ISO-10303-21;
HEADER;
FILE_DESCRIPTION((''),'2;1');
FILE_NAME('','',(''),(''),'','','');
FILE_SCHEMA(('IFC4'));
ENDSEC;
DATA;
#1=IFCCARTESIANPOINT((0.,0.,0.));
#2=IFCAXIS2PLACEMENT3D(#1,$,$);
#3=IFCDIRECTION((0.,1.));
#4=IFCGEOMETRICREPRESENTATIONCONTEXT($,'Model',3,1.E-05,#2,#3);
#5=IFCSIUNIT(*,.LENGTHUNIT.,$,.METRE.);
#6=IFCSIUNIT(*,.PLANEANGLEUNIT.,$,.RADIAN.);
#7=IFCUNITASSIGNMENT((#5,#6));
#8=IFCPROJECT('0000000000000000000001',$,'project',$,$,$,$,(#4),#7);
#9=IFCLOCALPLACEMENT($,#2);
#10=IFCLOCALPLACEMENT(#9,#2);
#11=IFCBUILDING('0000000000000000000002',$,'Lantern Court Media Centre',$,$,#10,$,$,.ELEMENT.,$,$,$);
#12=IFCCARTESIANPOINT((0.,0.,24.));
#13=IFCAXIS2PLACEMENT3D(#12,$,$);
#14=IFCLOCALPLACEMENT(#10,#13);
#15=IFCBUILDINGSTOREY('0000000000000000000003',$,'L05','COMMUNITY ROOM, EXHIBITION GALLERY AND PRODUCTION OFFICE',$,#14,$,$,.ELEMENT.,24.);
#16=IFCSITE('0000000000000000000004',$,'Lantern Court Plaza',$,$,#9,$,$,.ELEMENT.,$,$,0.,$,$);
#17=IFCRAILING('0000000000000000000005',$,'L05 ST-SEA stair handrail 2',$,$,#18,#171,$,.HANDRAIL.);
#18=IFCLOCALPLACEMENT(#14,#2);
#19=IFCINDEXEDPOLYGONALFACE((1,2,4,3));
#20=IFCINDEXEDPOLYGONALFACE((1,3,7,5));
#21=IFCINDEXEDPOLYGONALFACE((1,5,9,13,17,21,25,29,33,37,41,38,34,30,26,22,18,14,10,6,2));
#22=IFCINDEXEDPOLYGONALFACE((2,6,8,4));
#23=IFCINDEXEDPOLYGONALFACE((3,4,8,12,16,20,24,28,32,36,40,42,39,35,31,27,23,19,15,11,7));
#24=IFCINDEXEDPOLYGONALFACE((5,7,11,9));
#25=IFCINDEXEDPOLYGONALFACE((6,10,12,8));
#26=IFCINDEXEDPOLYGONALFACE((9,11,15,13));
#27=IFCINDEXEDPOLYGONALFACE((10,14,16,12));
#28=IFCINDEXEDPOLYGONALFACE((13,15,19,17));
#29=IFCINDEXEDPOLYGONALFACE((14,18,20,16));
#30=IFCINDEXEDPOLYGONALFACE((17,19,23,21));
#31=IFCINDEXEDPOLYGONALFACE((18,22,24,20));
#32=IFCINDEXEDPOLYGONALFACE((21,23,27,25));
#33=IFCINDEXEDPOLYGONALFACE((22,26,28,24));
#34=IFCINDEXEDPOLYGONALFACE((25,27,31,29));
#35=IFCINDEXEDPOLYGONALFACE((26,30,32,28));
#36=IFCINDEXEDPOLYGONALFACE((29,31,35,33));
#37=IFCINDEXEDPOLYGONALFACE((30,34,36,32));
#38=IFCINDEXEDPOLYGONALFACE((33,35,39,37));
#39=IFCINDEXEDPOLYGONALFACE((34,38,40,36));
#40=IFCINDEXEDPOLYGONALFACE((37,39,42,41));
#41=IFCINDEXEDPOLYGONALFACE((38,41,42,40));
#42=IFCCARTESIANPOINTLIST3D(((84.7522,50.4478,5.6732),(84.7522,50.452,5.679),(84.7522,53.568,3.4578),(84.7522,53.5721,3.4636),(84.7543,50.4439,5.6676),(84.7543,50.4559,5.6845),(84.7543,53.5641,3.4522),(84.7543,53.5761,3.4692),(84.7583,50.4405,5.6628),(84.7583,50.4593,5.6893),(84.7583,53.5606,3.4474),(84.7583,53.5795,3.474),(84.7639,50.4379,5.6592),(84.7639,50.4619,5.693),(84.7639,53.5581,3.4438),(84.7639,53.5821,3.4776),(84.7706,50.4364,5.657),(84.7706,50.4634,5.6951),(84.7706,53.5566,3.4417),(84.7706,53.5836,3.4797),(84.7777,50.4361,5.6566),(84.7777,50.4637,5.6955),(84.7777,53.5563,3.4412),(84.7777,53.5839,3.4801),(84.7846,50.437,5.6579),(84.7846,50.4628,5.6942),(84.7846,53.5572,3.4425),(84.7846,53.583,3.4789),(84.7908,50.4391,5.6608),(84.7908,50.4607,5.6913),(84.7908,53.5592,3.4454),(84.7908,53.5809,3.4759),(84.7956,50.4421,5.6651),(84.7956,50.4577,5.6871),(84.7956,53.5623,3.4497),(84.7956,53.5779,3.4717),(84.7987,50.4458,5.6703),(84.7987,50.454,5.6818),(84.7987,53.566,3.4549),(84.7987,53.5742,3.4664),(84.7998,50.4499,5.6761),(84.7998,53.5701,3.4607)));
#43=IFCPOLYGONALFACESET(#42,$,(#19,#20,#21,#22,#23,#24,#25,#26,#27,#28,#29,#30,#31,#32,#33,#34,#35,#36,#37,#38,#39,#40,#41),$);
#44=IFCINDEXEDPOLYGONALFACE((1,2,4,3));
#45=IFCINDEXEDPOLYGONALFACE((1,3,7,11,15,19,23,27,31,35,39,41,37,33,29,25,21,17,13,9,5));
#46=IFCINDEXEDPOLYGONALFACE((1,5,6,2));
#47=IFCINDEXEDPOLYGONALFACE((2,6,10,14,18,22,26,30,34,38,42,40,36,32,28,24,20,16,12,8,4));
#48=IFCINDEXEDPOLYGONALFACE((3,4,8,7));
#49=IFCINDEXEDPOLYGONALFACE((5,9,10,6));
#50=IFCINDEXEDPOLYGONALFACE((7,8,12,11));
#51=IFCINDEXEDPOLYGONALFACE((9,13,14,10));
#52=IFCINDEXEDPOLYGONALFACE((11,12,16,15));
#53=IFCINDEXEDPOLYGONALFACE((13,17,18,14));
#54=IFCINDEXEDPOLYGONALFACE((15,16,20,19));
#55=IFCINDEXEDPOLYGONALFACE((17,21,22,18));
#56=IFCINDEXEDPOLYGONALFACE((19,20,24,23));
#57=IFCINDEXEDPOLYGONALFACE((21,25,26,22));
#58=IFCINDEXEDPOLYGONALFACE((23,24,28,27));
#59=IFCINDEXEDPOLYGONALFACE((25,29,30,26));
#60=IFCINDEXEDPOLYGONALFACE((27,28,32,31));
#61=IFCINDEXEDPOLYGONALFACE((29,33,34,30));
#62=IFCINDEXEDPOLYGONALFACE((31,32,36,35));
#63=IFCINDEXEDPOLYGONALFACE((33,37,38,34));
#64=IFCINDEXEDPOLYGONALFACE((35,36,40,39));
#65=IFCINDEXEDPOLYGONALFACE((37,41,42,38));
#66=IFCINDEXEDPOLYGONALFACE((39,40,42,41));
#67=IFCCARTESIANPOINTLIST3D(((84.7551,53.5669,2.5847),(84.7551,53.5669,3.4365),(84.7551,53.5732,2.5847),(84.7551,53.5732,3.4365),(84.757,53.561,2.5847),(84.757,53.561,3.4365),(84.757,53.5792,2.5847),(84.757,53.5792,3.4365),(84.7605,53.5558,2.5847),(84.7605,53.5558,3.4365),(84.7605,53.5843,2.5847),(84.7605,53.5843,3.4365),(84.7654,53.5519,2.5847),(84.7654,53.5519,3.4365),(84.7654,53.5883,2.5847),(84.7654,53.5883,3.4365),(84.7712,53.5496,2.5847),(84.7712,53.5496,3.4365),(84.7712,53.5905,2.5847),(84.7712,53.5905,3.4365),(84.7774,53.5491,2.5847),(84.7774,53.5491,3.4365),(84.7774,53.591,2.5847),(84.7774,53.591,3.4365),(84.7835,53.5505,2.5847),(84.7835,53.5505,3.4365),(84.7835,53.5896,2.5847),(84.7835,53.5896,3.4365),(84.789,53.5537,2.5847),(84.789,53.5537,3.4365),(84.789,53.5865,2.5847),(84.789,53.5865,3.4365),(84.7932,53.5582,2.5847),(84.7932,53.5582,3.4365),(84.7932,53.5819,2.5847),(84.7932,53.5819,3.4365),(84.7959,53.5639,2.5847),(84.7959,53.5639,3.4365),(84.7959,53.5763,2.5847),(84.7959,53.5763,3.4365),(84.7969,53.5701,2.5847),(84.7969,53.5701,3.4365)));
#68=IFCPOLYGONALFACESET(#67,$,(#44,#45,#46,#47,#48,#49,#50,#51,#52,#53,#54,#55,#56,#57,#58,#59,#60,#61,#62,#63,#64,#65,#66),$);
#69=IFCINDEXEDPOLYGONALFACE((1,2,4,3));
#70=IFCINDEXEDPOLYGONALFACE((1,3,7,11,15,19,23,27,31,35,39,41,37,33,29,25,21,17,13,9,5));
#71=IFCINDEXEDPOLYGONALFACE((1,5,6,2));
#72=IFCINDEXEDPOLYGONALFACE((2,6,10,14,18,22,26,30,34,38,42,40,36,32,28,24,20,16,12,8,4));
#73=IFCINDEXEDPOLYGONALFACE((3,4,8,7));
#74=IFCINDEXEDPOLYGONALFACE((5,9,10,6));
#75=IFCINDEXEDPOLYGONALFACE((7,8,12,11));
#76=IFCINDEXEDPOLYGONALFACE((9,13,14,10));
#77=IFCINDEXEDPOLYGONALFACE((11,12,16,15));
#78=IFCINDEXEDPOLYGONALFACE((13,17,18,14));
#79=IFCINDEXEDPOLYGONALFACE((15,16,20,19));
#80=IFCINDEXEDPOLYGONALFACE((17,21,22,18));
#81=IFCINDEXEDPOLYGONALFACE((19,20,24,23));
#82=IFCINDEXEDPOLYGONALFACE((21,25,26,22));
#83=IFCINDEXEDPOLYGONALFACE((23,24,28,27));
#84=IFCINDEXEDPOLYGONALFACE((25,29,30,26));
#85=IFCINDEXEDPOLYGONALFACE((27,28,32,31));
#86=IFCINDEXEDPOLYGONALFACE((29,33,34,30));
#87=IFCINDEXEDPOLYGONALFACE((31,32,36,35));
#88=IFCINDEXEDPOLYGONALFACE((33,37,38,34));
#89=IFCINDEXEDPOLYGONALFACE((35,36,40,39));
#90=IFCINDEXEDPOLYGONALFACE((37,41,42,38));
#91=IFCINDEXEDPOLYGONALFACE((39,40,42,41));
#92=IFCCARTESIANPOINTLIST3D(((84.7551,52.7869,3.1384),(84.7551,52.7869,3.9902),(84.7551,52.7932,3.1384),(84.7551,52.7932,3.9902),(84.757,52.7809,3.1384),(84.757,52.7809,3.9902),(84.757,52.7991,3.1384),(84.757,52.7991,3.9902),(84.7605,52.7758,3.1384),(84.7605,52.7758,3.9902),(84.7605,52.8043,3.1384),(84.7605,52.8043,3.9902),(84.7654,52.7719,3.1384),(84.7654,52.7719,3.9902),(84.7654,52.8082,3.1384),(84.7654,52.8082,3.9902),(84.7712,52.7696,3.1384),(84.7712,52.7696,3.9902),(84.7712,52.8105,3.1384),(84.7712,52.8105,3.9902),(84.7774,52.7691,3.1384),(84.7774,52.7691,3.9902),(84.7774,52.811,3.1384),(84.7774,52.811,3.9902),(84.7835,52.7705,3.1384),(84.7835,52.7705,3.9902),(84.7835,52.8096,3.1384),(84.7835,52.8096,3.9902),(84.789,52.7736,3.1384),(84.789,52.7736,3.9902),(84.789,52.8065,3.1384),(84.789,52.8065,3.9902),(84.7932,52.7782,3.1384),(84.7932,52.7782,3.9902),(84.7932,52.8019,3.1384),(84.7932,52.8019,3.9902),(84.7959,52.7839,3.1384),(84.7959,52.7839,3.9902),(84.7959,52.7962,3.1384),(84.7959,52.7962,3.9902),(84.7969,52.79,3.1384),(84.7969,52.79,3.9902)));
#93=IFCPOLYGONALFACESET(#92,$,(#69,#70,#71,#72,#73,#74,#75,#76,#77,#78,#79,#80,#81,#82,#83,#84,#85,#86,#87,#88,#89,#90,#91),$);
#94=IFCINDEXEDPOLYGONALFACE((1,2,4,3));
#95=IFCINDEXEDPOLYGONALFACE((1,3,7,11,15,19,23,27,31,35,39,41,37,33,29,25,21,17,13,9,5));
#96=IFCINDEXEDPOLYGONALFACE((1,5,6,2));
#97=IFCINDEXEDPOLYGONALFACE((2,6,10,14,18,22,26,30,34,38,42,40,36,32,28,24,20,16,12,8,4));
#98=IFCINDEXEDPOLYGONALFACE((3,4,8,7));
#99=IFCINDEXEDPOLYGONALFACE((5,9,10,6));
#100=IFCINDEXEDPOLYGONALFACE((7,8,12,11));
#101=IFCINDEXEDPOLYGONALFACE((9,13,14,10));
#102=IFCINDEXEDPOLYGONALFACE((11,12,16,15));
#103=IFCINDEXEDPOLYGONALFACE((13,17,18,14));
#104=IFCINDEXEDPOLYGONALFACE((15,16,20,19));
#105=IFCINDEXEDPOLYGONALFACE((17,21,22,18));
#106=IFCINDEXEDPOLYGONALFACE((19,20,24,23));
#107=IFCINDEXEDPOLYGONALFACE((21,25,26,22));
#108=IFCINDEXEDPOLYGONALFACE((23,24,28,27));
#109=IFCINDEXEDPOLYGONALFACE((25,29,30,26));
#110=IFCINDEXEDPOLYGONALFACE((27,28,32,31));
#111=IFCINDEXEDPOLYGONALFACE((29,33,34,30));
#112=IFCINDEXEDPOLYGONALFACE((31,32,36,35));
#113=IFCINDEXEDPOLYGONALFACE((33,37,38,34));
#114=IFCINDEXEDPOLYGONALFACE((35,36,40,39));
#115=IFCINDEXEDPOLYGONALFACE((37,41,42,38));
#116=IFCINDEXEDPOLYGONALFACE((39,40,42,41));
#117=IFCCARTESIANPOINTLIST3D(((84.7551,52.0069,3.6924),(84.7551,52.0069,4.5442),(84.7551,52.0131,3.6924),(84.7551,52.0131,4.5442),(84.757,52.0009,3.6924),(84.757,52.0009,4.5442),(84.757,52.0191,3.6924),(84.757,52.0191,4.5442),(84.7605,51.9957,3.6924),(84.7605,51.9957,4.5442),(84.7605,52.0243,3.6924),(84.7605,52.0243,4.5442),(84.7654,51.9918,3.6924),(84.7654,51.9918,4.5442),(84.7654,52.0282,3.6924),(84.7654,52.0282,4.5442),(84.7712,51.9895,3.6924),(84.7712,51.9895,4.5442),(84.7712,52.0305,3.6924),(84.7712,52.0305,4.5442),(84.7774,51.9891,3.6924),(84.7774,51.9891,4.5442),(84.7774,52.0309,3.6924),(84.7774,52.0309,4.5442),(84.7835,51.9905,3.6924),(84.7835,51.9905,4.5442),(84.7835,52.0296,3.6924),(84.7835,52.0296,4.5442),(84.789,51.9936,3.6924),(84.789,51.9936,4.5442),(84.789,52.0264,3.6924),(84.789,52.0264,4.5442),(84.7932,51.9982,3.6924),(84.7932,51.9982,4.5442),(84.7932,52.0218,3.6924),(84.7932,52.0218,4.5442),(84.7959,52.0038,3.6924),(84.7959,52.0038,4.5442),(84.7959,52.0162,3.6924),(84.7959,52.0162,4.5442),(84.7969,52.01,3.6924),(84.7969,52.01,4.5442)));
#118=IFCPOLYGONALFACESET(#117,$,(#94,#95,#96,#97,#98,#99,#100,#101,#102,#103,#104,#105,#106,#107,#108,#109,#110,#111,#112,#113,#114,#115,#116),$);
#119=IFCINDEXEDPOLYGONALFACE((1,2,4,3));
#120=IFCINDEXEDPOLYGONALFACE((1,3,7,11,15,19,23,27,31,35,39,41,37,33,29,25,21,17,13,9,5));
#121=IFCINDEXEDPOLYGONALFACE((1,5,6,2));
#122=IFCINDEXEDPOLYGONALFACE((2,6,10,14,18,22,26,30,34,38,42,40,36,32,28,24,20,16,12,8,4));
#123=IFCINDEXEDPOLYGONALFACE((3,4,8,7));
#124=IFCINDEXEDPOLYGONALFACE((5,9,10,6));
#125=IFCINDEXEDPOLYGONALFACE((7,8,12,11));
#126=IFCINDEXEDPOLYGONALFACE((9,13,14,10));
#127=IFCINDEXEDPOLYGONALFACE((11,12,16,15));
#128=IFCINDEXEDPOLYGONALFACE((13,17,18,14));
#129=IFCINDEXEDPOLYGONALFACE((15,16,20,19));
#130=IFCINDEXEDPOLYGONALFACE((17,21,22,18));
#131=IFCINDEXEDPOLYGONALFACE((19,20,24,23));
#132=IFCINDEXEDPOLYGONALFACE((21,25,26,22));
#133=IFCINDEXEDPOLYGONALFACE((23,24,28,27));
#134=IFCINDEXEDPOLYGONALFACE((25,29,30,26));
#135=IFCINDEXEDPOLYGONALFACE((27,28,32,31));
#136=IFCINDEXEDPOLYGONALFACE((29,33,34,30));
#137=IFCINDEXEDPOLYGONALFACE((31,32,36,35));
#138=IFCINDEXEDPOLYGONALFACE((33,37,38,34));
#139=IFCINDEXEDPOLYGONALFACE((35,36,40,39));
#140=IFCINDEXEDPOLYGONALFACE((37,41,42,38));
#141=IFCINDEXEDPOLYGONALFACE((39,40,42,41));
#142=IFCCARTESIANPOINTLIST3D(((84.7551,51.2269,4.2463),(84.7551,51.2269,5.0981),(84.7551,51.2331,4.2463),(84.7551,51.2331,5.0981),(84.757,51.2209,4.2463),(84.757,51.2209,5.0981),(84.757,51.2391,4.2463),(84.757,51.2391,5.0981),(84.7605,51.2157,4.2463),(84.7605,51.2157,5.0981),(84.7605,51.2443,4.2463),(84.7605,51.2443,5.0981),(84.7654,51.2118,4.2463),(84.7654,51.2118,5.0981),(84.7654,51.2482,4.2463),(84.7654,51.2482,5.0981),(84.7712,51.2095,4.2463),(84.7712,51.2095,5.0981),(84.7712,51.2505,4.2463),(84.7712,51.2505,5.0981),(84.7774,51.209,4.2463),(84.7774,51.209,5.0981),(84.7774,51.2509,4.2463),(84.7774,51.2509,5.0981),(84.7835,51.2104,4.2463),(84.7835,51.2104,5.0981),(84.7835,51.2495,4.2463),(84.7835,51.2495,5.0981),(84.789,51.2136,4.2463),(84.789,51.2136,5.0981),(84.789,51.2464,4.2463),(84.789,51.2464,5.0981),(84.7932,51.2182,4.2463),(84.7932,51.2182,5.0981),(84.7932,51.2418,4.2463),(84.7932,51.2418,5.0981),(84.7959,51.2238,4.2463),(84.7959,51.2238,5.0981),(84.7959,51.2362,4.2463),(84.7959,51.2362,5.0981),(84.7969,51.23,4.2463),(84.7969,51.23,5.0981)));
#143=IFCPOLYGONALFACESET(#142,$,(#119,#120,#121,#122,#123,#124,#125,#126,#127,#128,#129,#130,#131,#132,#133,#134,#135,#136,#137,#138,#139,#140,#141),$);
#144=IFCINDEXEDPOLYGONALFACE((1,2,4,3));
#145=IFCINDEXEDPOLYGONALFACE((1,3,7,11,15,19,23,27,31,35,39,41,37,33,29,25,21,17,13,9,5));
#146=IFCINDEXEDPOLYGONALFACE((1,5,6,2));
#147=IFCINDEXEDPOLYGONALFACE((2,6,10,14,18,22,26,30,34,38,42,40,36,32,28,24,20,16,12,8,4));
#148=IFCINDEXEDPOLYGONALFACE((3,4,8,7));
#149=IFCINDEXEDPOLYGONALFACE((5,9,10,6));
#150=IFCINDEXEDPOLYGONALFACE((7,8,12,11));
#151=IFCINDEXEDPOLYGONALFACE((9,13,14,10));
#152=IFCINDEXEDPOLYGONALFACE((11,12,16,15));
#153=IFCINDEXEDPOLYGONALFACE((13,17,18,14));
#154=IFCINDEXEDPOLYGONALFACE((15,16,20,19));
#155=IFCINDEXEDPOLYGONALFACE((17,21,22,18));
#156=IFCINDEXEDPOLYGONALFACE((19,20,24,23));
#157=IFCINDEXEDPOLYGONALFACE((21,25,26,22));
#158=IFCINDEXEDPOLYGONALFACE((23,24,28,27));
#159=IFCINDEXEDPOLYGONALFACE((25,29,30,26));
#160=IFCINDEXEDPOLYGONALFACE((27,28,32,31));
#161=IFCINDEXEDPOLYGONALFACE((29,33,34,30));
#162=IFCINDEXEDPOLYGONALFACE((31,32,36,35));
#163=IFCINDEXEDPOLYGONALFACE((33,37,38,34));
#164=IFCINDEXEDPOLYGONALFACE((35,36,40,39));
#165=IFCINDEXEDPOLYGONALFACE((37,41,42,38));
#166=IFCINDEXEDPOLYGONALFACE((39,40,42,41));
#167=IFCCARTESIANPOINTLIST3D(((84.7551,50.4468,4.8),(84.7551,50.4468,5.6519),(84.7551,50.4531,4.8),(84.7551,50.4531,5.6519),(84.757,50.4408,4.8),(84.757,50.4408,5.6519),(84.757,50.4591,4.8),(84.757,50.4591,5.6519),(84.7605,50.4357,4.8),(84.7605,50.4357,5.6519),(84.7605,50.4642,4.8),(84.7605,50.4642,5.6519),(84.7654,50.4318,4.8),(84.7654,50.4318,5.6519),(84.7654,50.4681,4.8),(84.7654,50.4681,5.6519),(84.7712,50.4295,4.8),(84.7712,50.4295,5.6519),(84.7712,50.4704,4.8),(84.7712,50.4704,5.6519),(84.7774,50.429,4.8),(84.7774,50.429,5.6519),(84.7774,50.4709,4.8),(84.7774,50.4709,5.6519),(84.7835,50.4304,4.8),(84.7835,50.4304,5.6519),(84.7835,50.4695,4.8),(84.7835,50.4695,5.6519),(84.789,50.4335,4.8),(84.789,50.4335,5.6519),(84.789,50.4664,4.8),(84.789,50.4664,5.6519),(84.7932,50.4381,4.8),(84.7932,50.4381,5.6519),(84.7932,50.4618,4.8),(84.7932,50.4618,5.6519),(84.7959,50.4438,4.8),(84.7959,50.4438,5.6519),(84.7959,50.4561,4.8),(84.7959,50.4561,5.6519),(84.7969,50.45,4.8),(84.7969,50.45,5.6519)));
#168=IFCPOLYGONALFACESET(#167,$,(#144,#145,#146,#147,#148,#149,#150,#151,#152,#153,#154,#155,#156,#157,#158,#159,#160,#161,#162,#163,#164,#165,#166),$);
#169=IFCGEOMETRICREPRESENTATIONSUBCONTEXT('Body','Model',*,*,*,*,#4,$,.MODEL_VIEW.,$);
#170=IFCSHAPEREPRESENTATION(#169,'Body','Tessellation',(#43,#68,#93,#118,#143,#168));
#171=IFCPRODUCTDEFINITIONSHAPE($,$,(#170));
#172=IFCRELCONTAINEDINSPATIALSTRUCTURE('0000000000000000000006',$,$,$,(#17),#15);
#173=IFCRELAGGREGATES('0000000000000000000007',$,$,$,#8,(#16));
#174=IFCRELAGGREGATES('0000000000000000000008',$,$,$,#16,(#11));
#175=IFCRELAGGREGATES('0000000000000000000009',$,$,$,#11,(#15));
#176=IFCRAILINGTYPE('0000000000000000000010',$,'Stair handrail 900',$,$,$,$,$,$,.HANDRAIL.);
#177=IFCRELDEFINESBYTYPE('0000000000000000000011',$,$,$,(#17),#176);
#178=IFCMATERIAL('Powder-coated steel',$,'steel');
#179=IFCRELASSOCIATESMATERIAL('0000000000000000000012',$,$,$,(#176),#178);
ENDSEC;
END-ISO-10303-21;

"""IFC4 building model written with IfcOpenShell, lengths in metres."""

from ifc_helpers import new_model, si_unit, direction, frame, origin, origin_2d, place, context, subcontext, project, spatial, circle, extrude, material, type_object, element, save


model = new_model("IFC4")

# Units and contexts
model_context = context("Model", 3, precision=1e-05, world=origin(), true_north=direction((0.0, 1.0)))
body_context = subcontext(model_context, "Body", "Model", "MODEL_VIEW")
ifc_project = project(units=[si_unit("LENGTHUNIT", "METRE"), si_unit("PLANEANGLEUNIT", "RADIAN")], contexts=[model_context])

# Site, building, storey
site_placement = place(None, origin())
site = spatial("IfcSite", under=ifc_project, at=site_placement, Name="Lantern Court Plaza", CompositionType="ELEMENT", RefElevation=0.0)
building_placement = place(site_placement, origin())
building = spatial("IfcBuilding", under=site, at=building_placement, Name="Lantern Court Media Centre", CompositionType="ELEMENT")
storey_placement = place(building_placement, frame((0.0, 0.0, 24.0)))
storey = spatial("IfcBuildingStorey", under=building, at=storey_placement, Name="L05", Description="COMMUNITY ROOM, EXHIBITION GALLERY AND PRODUCTION OFFICE", CompositionType="ELEMENT", Elevation=24.0)

# Railing
ifc_material_1 = material(Name="Powder-coated steel", Category="steel")
railing_type_1 = type_object("IfcRailingType", Name="Stair handrail 900", PredefinedType="HANDRAIL", material=ifc_material_1)
for number, where, name in (
    (1, (84.7759, 53.5701, 2.5847), "L05 ST-SEA stair handrail 2"),
):
    element("IfcRailing", number, at=place(storey_placement, frame(where)), inside=storey, type_object=railing_type_1, Name=name, PredefinedType="HANDRAIL", context=body_context, shape_type="SweptSolid", body=[
        extrude(circle(Radius=0.0239, at=origin_2d()), frame((0.0, 0.0, 0.876), z_axis=(0.0, -0.815377, 0.57893), x_axis=(1.0, 0.0, 0.0)), (0.0, 0.0, 1.0), 3.8267),
        extrude(circle(Radius=0.021, at=origin_2d()), origin(), (0.0, 0.0, 1.0), 0.8518),
        extrude(circle(Radius=0.021, at=origin_2d()), frame((0.0, -0.78, 0.5537)), (0.0, 0.0, 1.0), 0.8518),
        extrude(circle(Radius=0.021, at=origin_2d()), frame((0.0, -1.5601, 1.1077)), (0.0, 0.0, 1.0), 0.8518),
        extrude(circle(Radius=0.021, at=origin_2d()), frame((0.0, -2.3401, 1.6616)), (0.0, 0.0, 1.0), 0.8518),
        extrude(circle(Radius=0.021, at=origin_2d()), frame((0.0, -3.1201, 2.2153)), (0.0, 0.0, 1.0), 0.8518),
    ])

save(model, "model.ifc")
